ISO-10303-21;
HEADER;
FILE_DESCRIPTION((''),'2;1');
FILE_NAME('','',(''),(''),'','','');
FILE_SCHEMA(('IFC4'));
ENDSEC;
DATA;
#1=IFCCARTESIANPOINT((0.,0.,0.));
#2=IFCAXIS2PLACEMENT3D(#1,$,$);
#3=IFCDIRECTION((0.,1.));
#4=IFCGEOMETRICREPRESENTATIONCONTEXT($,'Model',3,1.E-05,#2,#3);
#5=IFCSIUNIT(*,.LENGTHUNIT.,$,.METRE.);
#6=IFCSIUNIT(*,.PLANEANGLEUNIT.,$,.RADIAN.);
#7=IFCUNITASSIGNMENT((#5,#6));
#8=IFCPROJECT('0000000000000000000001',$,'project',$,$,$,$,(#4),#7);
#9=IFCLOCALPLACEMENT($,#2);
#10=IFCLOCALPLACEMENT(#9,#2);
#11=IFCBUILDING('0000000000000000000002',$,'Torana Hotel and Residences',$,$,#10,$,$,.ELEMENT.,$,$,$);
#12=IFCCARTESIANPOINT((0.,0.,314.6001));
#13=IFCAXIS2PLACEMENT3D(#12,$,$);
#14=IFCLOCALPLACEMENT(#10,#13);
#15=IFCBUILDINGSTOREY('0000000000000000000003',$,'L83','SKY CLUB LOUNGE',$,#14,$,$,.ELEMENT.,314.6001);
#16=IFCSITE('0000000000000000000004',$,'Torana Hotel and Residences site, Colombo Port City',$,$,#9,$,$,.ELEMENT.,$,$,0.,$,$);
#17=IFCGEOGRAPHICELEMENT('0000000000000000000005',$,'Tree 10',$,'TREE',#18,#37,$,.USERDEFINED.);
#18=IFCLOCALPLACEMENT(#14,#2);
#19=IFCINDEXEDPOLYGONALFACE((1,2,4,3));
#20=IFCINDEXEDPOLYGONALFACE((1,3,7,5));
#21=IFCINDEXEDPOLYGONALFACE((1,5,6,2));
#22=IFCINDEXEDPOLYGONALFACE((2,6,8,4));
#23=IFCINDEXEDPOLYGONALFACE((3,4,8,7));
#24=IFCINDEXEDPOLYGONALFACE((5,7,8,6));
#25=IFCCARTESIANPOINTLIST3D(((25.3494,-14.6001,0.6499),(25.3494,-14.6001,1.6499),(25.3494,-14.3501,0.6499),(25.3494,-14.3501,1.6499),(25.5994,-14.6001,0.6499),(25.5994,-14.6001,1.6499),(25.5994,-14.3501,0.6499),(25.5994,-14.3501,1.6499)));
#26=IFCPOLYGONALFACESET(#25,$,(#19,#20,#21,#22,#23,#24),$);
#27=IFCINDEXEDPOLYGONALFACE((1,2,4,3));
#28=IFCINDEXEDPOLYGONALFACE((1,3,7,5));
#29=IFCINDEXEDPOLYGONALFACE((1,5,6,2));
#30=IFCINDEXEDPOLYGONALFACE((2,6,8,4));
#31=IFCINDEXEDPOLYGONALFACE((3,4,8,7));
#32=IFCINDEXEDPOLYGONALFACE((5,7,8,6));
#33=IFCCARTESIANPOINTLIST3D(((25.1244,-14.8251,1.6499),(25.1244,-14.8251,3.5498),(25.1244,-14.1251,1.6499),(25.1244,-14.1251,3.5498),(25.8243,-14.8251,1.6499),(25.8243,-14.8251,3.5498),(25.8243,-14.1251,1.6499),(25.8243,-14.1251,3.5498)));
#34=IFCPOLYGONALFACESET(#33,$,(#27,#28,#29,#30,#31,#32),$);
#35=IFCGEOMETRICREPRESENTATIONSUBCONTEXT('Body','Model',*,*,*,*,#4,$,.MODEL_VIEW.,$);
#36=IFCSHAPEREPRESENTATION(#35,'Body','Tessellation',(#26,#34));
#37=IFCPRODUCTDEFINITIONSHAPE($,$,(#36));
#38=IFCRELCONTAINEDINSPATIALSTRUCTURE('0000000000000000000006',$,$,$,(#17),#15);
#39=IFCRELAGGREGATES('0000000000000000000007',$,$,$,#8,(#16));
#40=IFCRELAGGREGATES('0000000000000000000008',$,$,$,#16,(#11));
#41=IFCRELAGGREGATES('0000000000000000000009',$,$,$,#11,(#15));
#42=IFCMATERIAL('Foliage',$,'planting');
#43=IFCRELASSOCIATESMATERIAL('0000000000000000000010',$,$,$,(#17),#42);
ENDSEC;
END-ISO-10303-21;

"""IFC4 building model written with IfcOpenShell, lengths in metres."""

from ifc_helpers import new_model, si_unit, direction, frame, origin, origin_2d, place, context, subcontext, project, spatial, rectangle, extrude, material, element, save


model = new_model("IFC4")

# Units and contexts
model_context = context("Model", 3, precision=1e-05, world=origin(), true_north=direction((0.0, 1.0)))
body_context = subcontext(model_context, "Body", "Model", "MODEL_VIEW")
ifc_project = project(units=[si_unit("LENGTHUNIT", "METRE"), si_unit("PLANEANGLEUNIT", "RADIAN")], contexts=[model_context])

# Site, building, storey
site_placement = place(None, origin())
site = spatial("IfcSite", under=ifc_project, at=site_placement, Name="Torana Hotel and Residences site, Colombo Port City", CompositionType="ELEMENT", RefElevation=0.0)
building_placement = place(site_placement, origin())
building = spatial("IfcBuilding", under=site, at=building_placement, Name="Torana Hotel and Residences", CompositionType="ELEMENT")
storey_placement = place(building_placement, frame((0.0, 0.0, 314.6001)))
storey = spatial("IfcBuildingStorey", under=building, at=storey_placement, Name="L83", Description="SKY CLUB LOUNGE", CompositionType="ELEMENT", Elevation=314.6001)

# Geographic element
ifc_material_1 = material(Name="Foliage", Category="planting")
geographic_element_placement = place(storey_placement, frame((25.4744, -14.4751, 0.6499), z_axis=(0.0, 0.0, 1.0), x_axis=(1.0, 0.0, 0.0)))
element("IfcGeographicElement", 1, at=geographic_element_placement, inside=storey, material=ifc_material_1, Name="Tree 10", ObjectType="TREE", PredefinedType="USERDEFINED", context=body_context, shape_type="SweptSolid", body=[
    extrude(rectangle(XDim=0.25, YDim=0.25, at=origin_2d()), origin(), (0.0, 0.0, 1.0), 1.0),
    extrude(rectangle(XDim=0.7, YDim=0.7, at=origin_2d()), frame((0.0, 0.0, 1.0)), (0.0, 0.0, 1.0), 1.8999),
])

save(model, "model.ifc")
